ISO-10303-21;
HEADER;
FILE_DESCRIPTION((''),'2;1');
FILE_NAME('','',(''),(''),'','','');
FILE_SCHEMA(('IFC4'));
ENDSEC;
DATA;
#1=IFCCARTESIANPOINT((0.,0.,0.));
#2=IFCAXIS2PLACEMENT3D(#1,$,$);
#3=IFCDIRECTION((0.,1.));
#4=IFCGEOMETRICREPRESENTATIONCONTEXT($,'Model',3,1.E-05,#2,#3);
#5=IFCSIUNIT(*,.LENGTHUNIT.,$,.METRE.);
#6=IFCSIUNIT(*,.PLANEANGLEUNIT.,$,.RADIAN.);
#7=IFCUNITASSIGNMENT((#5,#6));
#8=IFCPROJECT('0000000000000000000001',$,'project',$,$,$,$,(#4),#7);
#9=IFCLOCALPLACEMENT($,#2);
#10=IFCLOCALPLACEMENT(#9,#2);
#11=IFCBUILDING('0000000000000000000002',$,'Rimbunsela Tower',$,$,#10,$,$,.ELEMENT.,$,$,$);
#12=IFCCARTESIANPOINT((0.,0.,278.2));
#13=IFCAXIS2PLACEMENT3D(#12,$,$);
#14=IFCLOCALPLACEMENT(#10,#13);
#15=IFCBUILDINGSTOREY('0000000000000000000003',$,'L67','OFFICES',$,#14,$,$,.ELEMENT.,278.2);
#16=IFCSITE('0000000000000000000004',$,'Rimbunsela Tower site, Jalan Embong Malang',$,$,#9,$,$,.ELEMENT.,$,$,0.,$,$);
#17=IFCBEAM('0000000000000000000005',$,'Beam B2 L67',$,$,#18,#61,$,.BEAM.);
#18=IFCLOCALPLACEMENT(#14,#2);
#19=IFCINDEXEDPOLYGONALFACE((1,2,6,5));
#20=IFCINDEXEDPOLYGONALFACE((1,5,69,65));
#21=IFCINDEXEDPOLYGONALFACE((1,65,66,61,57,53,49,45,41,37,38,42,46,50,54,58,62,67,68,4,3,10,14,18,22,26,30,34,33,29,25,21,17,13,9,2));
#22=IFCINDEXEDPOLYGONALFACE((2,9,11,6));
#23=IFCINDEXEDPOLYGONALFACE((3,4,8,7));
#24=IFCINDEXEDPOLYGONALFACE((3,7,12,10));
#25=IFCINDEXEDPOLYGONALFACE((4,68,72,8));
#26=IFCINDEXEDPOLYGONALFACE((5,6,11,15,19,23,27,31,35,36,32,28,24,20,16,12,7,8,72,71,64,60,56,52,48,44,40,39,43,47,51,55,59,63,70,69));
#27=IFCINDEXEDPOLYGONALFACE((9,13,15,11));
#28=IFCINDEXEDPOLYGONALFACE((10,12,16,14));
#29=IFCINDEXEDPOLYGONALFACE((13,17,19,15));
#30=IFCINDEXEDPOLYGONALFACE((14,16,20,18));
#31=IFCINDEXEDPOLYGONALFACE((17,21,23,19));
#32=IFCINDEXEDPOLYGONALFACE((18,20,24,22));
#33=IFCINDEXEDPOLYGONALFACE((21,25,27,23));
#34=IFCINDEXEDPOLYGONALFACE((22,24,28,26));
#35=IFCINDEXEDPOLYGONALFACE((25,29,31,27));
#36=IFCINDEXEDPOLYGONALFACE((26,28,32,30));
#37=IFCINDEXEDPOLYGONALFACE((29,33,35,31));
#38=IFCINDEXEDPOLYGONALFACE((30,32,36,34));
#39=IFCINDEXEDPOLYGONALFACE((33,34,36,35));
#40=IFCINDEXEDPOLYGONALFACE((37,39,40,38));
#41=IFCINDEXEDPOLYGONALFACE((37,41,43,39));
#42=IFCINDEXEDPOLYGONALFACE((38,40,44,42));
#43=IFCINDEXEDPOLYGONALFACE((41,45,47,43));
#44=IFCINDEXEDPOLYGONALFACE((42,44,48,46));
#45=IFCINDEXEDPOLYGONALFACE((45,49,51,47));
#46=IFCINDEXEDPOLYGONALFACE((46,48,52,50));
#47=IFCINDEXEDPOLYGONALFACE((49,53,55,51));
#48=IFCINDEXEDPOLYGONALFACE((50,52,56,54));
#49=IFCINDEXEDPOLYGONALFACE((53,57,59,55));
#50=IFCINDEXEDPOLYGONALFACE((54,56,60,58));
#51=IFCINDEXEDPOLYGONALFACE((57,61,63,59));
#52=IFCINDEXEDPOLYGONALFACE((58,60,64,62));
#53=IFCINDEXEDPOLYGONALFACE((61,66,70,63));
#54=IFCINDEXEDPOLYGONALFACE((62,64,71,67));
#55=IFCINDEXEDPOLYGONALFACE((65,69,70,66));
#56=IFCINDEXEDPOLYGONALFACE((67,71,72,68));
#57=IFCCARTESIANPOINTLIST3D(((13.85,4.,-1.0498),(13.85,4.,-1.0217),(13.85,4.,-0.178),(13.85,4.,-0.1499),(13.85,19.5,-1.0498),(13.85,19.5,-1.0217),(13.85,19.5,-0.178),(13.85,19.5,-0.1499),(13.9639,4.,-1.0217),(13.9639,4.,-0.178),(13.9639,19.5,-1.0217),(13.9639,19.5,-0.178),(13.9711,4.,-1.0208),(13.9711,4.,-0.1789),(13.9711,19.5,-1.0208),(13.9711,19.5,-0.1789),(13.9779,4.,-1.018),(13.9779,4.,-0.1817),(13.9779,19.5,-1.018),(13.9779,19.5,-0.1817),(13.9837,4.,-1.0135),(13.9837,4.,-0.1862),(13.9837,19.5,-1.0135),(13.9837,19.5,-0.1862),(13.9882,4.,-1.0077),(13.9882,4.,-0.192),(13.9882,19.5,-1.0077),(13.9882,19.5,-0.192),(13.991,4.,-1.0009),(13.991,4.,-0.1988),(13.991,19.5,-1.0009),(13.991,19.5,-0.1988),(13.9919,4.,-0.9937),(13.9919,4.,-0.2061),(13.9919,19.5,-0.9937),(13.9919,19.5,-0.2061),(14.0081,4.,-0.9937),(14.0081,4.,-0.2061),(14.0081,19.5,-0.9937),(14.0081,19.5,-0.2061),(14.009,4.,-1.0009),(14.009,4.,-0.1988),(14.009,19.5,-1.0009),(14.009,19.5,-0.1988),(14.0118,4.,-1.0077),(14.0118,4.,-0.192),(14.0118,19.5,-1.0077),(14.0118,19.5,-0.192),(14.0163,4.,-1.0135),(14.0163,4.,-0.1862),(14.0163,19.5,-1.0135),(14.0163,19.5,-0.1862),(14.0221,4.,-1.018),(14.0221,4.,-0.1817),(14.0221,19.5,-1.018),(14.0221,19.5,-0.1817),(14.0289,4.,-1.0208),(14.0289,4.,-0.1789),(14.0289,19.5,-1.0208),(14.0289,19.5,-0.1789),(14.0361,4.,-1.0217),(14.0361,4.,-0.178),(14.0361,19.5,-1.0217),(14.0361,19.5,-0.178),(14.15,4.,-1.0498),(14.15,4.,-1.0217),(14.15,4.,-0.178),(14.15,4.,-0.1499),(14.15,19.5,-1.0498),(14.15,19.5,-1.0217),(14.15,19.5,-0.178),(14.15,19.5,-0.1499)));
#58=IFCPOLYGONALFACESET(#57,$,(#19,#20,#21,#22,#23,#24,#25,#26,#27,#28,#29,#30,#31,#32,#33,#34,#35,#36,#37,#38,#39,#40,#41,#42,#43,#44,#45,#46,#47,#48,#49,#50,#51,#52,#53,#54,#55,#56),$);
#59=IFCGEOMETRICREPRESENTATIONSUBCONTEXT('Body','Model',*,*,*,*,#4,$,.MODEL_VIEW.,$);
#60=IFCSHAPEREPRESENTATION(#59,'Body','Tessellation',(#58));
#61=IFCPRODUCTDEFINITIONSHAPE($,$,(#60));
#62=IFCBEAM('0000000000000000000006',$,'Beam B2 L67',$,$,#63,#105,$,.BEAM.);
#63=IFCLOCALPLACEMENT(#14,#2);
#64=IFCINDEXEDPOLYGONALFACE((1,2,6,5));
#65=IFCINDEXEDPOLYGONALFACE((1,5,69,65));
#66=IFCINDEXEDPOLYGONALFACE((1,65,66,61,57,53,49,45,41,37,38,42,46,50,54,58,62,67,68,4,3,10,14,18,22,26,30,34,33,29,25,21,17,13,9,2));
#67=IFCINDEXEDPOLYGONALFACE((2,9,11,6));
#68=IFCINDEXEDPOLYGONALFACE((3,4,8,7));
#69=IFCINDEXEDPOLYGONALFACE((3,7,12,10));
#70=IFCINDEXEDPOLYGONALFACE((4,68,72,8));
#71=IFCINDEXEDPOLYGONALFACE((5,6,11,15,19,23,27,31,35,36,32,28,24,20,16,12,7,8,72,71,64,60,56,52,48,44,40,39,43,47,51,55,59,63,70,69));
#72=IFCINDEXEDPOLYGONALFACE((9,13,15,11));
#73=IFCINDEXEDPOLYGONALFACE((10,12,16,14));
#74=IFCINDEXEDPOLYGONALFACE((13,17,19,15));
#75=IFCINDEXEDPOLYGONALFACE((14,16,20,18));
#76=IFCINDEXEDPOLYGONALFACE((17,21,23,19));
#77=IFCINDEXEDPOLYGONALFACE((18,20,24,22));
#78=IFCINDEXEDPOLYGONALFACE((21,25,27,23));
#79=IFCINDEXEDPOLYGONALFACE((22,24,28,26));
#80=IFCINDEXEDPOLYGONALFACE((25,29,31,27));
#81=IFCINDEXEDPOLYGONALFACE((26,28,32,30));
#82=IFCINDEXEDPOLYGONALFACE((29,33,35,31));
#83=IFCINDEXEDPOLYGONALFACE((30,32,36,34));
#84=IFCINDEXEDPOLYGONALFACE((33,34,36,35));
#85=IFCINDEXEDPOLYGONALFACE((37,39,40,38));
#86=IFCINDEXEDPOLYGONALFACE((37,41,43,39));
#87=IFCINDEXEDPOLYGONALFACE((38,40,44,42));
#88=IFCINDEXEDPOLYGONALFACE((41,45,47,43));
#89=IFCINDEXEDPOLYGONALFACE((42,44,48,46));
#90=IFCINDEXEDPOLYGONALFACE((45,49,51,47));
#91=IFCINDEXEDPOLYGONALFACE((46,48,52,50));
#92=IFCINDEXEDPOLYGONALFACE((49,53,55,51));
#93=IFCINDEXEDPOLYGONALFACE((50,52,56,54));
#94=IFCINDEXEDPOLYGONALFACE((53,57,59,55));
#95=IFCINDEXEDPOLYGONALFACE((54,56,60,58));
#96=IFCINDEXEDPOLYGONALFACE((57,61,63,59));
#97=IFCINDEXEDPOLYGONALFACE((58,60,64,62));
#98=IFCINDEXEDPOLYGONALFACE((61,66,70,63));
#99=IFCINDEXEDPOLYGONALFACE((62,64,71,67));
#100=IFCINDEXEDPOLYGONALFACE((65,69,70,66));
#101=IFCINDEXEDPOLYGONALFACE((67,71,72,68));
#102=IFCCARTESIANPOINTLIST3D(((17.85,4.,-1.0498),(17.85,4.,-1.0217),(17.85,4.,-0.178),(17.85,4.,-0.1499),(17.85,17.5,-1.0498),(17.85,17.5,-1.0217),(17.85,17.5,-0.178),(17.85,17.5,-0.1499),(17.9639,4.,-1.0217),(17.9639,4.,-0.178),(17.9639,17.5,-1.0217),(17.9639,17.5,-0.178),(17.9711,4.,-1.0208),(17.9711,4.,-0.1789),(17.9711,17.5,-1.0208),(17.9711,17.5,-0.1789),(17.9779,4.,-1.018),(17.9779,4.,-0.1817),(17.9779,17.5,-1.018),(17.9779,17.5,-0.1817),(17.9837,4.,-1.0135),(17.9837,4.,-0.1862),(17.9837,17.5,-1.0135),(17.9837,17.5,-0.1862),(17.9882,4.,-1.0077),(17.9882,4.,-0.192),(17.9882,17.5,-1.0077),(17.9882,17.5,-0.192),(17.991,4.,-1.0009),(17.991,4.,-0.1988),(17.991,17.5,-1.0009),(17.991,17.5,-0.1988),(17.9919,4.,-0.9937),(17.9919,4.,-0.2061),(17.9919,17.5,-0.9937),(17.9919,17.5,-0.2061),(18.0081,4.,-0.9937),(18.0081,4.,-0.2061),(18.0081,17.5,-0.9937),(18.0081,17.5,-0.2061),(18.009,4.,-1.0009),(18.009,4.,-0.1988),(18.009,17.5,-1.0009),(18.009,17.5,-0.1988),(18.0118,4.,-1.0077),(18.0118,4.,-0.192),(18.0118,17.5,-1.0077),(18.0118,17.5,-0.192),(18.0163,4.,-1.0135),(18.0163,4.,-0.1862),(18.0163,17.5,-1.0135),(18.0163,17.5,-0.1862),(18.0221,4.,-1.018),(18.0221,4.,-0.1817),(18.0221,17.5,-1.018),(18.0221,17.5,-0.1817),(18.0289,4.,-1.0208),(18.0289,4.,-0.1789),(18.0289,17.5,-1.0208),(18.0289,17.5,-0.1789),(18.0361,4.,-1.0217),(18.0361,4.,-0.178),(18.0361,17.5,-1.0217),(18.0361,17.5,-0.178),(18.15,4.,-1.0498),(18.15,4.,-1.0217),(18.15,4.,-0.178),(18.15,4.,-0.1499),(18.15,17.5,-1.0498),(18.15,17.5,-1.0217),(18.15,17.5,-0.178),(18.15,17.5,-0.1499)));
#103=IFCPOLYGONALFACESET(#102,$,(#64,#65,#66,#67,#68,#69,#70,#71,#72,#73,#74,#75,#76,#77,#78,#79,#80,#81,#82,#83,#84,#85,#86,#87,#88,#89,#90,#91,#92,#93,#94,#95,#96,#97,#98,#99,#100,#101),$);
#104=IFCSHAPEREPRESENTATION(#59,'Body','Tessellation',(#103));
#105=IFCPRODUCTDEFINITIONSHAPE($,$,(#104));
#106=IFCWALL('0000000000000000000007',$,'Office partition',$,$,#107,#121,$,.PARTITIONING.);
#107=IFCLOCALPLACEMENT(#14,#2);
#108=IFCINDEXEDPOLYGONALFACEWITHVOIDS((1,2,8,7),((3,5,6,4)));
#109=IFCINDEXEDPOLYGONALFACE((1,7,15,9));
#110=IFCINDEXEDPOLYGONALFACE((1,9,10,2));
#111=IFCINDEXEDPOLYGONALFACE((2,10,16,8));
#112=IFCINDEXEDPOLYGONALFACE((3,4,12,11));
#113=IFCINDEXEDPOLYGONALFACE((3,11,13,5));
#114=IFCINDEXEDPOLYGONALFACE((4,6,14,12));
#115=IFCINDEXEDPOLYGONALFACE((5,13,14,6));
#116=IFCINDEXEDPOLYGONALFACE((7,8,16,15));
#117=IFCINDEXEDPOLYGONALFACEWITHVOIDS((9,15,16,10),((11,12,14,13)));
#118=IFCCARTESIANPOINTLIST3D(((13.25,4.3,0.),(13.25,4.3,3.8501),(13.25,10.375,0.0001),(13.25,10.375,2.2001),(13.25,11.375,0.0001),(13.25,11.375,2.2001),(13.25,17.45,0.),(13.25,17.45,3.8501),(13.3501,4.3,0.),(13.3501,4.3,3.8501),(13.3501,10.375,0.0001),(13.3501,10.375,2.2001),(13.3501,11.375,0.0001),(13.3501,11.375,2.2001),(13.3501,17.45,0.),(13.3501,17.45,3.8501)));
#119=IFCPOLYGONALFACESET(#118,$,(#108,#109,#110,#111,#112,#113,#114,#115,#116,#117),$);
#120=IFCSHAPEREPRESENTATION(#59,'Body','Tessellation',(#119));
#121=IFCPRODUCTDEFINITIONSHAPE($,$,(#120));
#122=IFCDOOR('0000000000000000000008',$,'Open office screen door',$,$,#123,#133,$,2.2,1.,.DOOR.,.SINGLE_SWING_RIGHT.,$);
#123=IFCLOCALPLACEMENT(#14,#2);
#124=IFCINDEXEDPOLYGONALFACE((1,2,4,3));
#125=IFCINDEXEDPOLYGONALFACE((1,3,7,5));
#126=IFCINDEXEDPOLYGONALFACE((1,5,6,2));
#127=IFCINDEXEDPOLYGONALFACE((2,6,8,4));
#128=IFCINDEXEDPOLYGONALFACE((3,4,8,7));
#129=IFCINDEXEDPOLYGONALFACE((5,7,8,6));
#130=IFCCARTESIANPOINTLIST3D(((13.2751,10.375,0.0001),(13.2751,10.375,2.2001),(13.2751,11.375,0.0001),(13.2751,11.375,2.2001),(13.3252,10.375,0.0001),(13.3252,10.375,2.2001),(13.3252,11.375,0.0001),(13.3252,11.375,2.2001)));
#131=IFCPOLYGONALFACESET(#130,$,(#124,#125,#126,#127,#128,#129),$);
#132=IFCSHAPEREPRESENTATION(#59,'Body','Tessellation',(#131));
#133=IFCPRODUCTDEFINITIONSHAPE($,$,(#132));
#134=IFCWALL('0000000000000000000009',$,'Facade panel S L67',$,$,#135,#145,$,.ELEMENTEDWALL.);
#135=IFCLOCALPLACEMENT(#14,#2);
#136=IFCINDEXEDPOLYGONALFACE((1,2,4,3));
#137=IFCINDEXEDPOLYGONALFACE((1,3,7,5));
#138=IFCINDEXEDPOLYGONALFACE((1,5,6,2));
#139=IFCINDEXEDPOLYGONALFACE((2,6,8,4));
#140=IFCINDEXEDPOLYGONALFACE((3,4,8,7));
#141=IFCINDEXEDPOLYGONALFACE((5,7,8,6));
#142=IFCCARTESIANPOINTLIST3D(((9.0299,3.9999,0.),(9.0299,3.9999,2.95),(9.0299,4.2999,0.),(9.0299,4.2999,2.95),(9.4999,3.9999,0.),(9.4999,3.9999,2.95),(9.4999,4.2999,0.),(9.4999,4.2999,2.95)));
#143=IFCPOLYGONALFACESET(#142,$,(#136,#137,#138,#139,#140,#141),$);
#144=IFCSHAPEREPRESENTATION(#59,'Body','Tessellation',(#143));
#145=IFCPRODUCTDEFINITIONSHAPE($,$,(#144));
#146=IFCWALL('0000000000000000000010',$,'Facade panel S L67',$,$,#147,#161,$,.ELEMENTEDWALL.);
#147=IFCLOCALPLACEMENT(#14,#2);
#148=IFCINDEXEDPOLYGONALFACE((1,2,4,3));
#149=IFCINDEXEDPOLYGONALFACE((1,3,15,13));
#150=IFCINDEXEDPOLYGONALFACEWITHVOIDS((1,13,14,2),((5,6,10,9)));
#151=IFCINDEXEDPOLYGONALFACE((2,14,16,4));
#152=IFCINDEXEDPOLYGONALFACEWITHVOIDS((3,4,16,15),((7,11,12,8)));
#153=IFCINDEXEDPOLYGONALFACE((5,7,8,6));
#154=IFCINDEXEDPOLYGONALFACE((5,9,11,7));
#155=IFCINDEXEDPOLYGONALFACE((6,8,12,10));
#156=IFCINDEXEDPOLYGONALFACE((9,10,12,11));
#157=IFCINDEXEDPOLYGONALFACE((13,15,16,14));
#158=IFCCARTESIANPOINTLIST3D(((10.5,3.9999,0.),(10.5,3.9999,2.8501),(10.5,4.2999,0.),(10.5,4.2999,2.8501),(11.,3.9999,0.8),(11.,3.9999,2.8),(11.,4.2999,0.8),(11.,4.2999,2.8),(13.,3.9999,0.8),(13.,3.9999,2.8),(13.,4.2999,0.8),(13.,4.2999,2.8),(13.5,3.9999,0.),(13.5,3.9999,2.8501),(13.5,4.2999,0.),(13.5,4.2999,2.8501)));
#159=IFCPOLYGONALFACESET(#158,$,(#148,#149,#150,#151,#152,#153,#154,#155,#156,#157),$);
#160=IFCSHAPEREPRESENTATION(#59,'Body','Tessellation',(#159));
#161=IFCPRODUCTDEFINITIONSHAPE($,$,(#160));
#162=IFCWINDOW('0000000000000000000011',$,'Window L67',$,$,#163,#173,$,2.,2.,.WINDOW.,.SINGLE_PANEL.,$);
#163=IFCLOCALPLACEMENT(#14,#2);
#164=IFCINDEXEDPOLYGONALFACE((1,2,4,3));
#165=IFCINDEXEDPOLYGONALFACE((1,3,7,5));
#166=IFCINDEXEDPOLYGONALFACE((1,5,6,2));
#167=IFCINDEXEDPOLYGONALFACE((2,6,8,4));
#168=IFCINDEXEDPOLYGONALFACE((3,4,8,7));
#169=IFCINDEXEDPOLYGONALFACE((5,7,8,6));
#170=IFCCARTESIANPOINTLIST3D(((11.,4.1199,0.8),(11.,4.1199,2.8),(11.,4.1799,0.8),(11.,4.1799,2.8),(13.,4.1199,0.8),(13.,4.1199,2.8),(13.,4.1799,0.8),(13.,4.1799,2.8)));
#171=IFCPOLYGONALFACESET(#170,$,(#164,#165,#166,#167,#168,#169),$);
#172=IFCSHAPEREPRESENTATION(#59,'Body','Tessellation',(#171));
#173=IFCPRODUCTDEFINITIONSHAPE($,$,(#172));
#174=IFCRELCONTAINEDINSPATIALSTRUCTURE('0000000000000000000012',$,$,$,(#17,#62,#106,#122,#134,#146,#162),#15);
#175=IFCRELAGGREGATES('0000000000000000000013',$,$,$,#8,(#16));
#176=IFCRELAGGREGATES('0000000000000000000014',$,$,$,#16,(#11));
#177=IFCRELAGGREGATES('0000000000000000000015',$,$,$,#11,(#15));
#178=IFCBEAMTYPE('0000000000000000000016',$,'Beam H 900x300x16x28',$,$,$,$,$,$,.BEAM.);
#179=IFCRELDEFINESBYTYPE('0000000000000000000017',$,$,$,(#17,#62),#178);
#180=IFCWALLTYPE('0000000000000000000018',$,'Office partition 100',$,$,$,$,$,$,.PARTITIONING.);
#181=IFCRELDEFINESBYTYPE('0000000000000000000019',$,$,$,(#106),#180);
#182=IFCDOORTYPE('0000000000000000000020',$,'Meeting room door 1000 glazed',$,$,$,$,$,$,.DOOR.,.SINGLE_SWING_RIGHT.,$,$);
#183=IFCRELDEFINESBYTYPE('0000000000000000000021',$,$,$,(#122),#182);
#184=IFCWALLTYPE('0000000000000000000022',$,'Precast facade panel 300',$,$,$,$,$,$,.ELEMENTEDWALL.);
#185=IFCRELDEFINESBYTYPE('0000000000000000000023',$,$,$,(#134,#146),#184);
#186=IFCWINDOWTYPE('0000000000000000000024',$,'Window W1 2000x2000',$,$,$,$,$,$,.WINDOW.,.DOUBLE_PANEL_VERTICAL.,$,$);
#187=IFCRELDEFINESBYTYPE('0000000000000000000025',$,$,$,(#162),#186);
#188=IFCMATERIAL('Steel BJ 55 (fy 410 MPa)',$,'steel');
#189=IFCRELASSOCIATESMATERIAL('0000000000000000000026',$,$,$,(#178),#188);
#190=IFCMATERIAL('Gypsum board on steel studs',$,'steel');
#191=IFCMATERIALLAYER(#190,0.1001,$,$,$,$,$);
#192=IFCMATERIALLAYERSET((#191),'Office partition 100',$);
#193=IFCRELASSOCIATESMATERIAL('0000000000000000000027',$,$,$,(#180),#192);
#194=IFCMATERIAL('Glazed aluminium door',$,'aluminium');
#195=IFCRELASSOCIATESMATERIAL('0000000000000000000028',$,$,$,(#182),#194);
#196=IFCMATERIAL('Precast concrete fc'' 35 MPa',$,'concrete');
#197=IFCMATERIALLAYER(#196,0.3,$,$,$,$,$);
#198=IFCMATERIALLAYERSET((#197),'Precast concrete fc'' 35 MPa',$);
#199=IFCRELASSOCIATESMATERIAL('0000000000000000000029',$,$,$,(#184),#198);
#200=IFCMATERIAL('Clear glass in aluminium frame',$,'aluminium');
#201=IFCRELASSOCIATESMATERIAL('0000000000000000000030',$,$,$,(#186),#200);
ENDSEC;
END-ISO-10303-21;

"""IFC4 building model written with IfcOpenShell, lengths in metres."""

from ifc_helpers import new_model, si_unit, direction, frame, frame_2d, origin, origin_2d, place, context, subcontext, project, spatial, rectangle, i_section, extrude, material, layer, layer_set, material_profile, profile_set, type_object, element, fill, save


model = new_model("IFC4")

# Units and contexts
model_context = context("Model", 3, precision=1e-05, world=origin(), true_north=direction((0.0, 1.0)))
body_context = subcontext(model_context, "Body", "Model", "MODEL_VIEW")
ifc_project = project(units=[si_unit("LENGTHUNIT", "METRE"), si_unit("PLANEANGLEUNIT", "RADIAN")], contexts=[model_context])

# Site, building, storey
site_placement = place(None, origin())
site = spatial("IfcSite", under=ifc_project, at=site_placement, Name="Rimbunsela Tower site, Jalan Embong Malang", CompositionType="ELEMENT", RefElevation=0.0)
building_placement = place(site_placement, origin())
building = spatial("IfcBuilding", under=site, at=building_placement, Name="Rimbunsela Tower", CompositionType="ELEMENT")
storey_placement = place(building_placement, frame((0.0, 0.0, 278.2)))
storey = spatial("IfcBuildingStorey", under=building, at=storey_placement, Name="L67", Description="OFFICES", CompositionType="ELEMENT", Elevation=278.2)

# Beams
ifc_material_1 = material(Name="Steel BJ 55 (fy 410 MPa)", Category="steel")
ifc_material_profile_1 = material_profile(ifc_material_1, i_section(OverallWidth=0.3, OverallDepth=0.8999, WebThickness=0.0161, FlangeThickness=0.0281, FilletRadius=0.0281, at=origin_2d()), Name="H 900x300x16x28")
ifc_profile_set_1 = profile_set([ifc_material_profile_1], Name="Steel BJ 55 (fy 410 MPa)")
beam_type_1 = type_object("IfcBeamType", Name="Beam H 900x300x16x28", PredefinedType="BEAM", material=ifc_profile_set_1)
for number, where, z_axis, x_axis, name in (
    (1, (14.0, 4.0, -0.5999), (0.0, 1.0, 0.0), (-1.0, 0.0, 0.0), "Beam B2 L67"),
):
    element("IfcBeam", number, at=place(storey_placement, frame(where, z_axis=z_axis, x_axis=x_axis)), inside=storey, type_object=beam_type_1, Name=name, PredefinedType="BEAM", context=body_context, shape_type="SweptSolid", body=[
        extrude(i_section(OverallWidth=0.3, OverallDepth=0.8999, WebThickness=0.0161, FlangeThickness=0.0281, FilletRadius=0.0281, at=origin_2d()), origin(), (0.0, 0.0, 1.0), 15.5),
    ])
beam_placement = place(storey_placement, frame((18.0, 4.0, -0.5999), z_axis=(0.0, 1.0, 0.0), x_axis=(-1.0, 0.0, 0.0)))
element("IfcBeam", 2, at=beam_placement, inside=storey, type_object=beam_type_1, Name="Beam B2 L67", PredefinedType="BEAM", context=body_context, shape_type="SweptSolid", body=[
    extrude(i_section(OverallWidth=0.3, OverallDepth=0.8999, WebThickness=0.0161, FlangeThickness=0.0281, FilletRadius=0.0281, at=origin_2d()), origin(), (0.0, 0.0, 1.0), 13.5),
])

# Wall, opening, door
ifc_material_2 = material(Name="Gypsum board on steel studs", Category="steel")
ifc_layer_1 = layer(ifc_material_2, 0.1001)
ifc_layer_set_1 = layer_set([ifc_layer_1], Name="Office partition 100")
wall_type_1 = type_object("IfcWallType", Name="Office partition 100", PredefinedType="PARTITIONING", material=ifc_layer_set_1)
wall_1_placement = place(storey_placement, frame((13.3, 4.3, 0.0), z_axis=(0.0, 0.0, 1.0), x_axis=(0.0, 1.0, 0.0)))
wall_1 = element("IfcWall", 3, at=wall_1_placement, inside=storey, type_object=wall_type_1, Name="Office partition", PredefinedType="PARTITIONING", context=body_context, shape_type="SweptSolid", body=[
    extrude(rectangle(XDim=13.1499, YDim=0.1001, at=frame_2d((6.575, 0.0))), origin(), (0.0, 0.0, 1.0), 3.8501),
])
opening_1_placement = place(wall_1_placement, frame((6.075, 0.0, 0.0)))
opening_1 = element("IfcOpeningElement", 4, at=opening_1_placement, cuts=wall_1, PredefinedType="OPENING", context=body_context, shape_type="SweptSolid", body=[
    extrude(rectangle(XDim=1.0, YDim=2.2, at=frame_2d((0.5, 1.1001))), frame((0.0, 0.0601, 0.0), z_axis=(0.0, -1.0, 0.0), x_axis=(1.0, 0.0, 0.0)), (0.0, 0.0, 1.0), 0.1201),
])
ifc_material_3 = material(Name="Glazed aluminium door", Category="aluminium")
door_type = type_object("IfcDoorType", Name="Meeting room door 1000 glazed", OperationType="SINGLE_SWING_RIGHT", PredefinedType="DOOR", material=ifc_material_3)
door_placement = place(opening_1_placement, origin())
door = element("IfcDoor", 5, at=door_placement, inside=storey, type_object=door_type, Name="Open office screen door", OperationType="SINGLE_SWING_RIGHT", OverallHeight=2.2, OverallWidth=1.0, PredefinedType="DOOR", context=body_context, shape_type="SweptSolid", body=[
    extrude(rectangle(XDim=1.0, YDim=2.2, at=frame_2d((0.5, 1.1001))), frame((0.0, 0.0249, 0.0), z_axis=(0.0, -1.0, 0.0), x_axis=(1.0, 0.0, 0.0)), (0.0, 0.0, 1.0), 0.05),
])
fill(opening_1, door)

# Wall
ifc_material_4 = material(Name="Precast concrete fc' 35 MPa", Category="concrete")
ifc_layer_2 = layer(ifc_material_4, 0.3)
ifc_layer_set_2 = layer_set([ifc_layer_2], Name="Precast concrete fc' 35 MPa")
wall_type_2 = type_object("IfcWallType", Name="Precast facade panel 300", PredefinedType="ELEMENTEDWALL", material=ifc_layer_set_2)
wall_2_placement = place(storey_placement, frame((9.03, 4.1499, 0.0), z_axis=(0.0, 0.0, 1.0), x_axis=(1.0, 0.0, 0.0)))
element("IfcWall", 6, at=wall_2_placement, inside=storey, type_object=wall_type_2, Name="Facade panel S L67", PredefinedType="ELEMENTEDWALL", context=body_context, shape_type="SweptSolid", body=[
    extrude(rectangle(XDim=0.47, YDim=0.3, at=frame_2d((0.2349, 0.0))), origin(), (0.0, 0.0, 1.0), 2.95),
])

# Wall, opening, window
wall_3_placement = place(storey_placement, frame((10.5, 4.1499, 0.0), z_axis=(0.0, 0.0, 1.0), x_axis=(1.0, 0.0, 0.0)))
wall_3 = element("IfcWall", 7, at=wall_3_placement, inside=storey, type_object=wall_type_2, Name="Facade panel S L67", PredefinedType="ELEMENTEDWALL", context=body_context, shape_type="SweptSolid", body=[
    extrude(rectangle(XDim=3.0, YDim=0.3, at=frame_2d((1.5, 0.0))), origin(), (0.0, 0.0, 1.0), 2.8501),
])
opening_2_placement = place(wall_3_placement, frame((0.5, 0.0, 0.8)))
opening_2 = element("IfcOpeningElement", 8, at=opening_2_placement, cuts=wall_3, PredefinedType="OPENING", context=body_context, shape_type="SweptSolid", body=[
    extrude(rectangle(XDim=2.0, YDim=2.0, at=frame_2d((1.0, 1.0))), frame((0.0, 0.1599, 0.0), z_axis=(0.0, -1.0, 0.0), x_axis=(1.0, 0.0, 0.0)), (0.0, 0.0, 1.0), 0.3201),
])
ifc_material_5 = material(Name="Clear glass in aluminium frame", Category="aluminium")
window_type = type_object("IfcWindowType", Name="Window W1 2000x2000", PartitioningType="DOUBLE_PANEL_VERTICAL", PredefinedType="WINDOW", material=ifc_material_5)
window_1_placement = place(opening_2_placement, origin())
window_1 = element("IfcWindow", 9, at=window_1_placement, inside=storey, type_object=window_type, Name="Window L67", OverallHeight=2.0, OverallWidth=2.0, PartitioningType="SINGLE_PANEL", PredefinedType="WINDOW", context=body_context, shape_type="SweptSolid", body=[
    extrude(rectangle(XDim=2.0, YDim=2.0, at=frame_2d((1.0, 1.0))), frame((0.0, 0.03, 0.0), z_axis=(0.0, -1.0, 0.0), x_axis=(1.0, 0.0, 0.0)), (0.0, 0.0, 1.0), 0.0601),
])
fill(opening_2, window_1)

save(model, "model.ifc")
